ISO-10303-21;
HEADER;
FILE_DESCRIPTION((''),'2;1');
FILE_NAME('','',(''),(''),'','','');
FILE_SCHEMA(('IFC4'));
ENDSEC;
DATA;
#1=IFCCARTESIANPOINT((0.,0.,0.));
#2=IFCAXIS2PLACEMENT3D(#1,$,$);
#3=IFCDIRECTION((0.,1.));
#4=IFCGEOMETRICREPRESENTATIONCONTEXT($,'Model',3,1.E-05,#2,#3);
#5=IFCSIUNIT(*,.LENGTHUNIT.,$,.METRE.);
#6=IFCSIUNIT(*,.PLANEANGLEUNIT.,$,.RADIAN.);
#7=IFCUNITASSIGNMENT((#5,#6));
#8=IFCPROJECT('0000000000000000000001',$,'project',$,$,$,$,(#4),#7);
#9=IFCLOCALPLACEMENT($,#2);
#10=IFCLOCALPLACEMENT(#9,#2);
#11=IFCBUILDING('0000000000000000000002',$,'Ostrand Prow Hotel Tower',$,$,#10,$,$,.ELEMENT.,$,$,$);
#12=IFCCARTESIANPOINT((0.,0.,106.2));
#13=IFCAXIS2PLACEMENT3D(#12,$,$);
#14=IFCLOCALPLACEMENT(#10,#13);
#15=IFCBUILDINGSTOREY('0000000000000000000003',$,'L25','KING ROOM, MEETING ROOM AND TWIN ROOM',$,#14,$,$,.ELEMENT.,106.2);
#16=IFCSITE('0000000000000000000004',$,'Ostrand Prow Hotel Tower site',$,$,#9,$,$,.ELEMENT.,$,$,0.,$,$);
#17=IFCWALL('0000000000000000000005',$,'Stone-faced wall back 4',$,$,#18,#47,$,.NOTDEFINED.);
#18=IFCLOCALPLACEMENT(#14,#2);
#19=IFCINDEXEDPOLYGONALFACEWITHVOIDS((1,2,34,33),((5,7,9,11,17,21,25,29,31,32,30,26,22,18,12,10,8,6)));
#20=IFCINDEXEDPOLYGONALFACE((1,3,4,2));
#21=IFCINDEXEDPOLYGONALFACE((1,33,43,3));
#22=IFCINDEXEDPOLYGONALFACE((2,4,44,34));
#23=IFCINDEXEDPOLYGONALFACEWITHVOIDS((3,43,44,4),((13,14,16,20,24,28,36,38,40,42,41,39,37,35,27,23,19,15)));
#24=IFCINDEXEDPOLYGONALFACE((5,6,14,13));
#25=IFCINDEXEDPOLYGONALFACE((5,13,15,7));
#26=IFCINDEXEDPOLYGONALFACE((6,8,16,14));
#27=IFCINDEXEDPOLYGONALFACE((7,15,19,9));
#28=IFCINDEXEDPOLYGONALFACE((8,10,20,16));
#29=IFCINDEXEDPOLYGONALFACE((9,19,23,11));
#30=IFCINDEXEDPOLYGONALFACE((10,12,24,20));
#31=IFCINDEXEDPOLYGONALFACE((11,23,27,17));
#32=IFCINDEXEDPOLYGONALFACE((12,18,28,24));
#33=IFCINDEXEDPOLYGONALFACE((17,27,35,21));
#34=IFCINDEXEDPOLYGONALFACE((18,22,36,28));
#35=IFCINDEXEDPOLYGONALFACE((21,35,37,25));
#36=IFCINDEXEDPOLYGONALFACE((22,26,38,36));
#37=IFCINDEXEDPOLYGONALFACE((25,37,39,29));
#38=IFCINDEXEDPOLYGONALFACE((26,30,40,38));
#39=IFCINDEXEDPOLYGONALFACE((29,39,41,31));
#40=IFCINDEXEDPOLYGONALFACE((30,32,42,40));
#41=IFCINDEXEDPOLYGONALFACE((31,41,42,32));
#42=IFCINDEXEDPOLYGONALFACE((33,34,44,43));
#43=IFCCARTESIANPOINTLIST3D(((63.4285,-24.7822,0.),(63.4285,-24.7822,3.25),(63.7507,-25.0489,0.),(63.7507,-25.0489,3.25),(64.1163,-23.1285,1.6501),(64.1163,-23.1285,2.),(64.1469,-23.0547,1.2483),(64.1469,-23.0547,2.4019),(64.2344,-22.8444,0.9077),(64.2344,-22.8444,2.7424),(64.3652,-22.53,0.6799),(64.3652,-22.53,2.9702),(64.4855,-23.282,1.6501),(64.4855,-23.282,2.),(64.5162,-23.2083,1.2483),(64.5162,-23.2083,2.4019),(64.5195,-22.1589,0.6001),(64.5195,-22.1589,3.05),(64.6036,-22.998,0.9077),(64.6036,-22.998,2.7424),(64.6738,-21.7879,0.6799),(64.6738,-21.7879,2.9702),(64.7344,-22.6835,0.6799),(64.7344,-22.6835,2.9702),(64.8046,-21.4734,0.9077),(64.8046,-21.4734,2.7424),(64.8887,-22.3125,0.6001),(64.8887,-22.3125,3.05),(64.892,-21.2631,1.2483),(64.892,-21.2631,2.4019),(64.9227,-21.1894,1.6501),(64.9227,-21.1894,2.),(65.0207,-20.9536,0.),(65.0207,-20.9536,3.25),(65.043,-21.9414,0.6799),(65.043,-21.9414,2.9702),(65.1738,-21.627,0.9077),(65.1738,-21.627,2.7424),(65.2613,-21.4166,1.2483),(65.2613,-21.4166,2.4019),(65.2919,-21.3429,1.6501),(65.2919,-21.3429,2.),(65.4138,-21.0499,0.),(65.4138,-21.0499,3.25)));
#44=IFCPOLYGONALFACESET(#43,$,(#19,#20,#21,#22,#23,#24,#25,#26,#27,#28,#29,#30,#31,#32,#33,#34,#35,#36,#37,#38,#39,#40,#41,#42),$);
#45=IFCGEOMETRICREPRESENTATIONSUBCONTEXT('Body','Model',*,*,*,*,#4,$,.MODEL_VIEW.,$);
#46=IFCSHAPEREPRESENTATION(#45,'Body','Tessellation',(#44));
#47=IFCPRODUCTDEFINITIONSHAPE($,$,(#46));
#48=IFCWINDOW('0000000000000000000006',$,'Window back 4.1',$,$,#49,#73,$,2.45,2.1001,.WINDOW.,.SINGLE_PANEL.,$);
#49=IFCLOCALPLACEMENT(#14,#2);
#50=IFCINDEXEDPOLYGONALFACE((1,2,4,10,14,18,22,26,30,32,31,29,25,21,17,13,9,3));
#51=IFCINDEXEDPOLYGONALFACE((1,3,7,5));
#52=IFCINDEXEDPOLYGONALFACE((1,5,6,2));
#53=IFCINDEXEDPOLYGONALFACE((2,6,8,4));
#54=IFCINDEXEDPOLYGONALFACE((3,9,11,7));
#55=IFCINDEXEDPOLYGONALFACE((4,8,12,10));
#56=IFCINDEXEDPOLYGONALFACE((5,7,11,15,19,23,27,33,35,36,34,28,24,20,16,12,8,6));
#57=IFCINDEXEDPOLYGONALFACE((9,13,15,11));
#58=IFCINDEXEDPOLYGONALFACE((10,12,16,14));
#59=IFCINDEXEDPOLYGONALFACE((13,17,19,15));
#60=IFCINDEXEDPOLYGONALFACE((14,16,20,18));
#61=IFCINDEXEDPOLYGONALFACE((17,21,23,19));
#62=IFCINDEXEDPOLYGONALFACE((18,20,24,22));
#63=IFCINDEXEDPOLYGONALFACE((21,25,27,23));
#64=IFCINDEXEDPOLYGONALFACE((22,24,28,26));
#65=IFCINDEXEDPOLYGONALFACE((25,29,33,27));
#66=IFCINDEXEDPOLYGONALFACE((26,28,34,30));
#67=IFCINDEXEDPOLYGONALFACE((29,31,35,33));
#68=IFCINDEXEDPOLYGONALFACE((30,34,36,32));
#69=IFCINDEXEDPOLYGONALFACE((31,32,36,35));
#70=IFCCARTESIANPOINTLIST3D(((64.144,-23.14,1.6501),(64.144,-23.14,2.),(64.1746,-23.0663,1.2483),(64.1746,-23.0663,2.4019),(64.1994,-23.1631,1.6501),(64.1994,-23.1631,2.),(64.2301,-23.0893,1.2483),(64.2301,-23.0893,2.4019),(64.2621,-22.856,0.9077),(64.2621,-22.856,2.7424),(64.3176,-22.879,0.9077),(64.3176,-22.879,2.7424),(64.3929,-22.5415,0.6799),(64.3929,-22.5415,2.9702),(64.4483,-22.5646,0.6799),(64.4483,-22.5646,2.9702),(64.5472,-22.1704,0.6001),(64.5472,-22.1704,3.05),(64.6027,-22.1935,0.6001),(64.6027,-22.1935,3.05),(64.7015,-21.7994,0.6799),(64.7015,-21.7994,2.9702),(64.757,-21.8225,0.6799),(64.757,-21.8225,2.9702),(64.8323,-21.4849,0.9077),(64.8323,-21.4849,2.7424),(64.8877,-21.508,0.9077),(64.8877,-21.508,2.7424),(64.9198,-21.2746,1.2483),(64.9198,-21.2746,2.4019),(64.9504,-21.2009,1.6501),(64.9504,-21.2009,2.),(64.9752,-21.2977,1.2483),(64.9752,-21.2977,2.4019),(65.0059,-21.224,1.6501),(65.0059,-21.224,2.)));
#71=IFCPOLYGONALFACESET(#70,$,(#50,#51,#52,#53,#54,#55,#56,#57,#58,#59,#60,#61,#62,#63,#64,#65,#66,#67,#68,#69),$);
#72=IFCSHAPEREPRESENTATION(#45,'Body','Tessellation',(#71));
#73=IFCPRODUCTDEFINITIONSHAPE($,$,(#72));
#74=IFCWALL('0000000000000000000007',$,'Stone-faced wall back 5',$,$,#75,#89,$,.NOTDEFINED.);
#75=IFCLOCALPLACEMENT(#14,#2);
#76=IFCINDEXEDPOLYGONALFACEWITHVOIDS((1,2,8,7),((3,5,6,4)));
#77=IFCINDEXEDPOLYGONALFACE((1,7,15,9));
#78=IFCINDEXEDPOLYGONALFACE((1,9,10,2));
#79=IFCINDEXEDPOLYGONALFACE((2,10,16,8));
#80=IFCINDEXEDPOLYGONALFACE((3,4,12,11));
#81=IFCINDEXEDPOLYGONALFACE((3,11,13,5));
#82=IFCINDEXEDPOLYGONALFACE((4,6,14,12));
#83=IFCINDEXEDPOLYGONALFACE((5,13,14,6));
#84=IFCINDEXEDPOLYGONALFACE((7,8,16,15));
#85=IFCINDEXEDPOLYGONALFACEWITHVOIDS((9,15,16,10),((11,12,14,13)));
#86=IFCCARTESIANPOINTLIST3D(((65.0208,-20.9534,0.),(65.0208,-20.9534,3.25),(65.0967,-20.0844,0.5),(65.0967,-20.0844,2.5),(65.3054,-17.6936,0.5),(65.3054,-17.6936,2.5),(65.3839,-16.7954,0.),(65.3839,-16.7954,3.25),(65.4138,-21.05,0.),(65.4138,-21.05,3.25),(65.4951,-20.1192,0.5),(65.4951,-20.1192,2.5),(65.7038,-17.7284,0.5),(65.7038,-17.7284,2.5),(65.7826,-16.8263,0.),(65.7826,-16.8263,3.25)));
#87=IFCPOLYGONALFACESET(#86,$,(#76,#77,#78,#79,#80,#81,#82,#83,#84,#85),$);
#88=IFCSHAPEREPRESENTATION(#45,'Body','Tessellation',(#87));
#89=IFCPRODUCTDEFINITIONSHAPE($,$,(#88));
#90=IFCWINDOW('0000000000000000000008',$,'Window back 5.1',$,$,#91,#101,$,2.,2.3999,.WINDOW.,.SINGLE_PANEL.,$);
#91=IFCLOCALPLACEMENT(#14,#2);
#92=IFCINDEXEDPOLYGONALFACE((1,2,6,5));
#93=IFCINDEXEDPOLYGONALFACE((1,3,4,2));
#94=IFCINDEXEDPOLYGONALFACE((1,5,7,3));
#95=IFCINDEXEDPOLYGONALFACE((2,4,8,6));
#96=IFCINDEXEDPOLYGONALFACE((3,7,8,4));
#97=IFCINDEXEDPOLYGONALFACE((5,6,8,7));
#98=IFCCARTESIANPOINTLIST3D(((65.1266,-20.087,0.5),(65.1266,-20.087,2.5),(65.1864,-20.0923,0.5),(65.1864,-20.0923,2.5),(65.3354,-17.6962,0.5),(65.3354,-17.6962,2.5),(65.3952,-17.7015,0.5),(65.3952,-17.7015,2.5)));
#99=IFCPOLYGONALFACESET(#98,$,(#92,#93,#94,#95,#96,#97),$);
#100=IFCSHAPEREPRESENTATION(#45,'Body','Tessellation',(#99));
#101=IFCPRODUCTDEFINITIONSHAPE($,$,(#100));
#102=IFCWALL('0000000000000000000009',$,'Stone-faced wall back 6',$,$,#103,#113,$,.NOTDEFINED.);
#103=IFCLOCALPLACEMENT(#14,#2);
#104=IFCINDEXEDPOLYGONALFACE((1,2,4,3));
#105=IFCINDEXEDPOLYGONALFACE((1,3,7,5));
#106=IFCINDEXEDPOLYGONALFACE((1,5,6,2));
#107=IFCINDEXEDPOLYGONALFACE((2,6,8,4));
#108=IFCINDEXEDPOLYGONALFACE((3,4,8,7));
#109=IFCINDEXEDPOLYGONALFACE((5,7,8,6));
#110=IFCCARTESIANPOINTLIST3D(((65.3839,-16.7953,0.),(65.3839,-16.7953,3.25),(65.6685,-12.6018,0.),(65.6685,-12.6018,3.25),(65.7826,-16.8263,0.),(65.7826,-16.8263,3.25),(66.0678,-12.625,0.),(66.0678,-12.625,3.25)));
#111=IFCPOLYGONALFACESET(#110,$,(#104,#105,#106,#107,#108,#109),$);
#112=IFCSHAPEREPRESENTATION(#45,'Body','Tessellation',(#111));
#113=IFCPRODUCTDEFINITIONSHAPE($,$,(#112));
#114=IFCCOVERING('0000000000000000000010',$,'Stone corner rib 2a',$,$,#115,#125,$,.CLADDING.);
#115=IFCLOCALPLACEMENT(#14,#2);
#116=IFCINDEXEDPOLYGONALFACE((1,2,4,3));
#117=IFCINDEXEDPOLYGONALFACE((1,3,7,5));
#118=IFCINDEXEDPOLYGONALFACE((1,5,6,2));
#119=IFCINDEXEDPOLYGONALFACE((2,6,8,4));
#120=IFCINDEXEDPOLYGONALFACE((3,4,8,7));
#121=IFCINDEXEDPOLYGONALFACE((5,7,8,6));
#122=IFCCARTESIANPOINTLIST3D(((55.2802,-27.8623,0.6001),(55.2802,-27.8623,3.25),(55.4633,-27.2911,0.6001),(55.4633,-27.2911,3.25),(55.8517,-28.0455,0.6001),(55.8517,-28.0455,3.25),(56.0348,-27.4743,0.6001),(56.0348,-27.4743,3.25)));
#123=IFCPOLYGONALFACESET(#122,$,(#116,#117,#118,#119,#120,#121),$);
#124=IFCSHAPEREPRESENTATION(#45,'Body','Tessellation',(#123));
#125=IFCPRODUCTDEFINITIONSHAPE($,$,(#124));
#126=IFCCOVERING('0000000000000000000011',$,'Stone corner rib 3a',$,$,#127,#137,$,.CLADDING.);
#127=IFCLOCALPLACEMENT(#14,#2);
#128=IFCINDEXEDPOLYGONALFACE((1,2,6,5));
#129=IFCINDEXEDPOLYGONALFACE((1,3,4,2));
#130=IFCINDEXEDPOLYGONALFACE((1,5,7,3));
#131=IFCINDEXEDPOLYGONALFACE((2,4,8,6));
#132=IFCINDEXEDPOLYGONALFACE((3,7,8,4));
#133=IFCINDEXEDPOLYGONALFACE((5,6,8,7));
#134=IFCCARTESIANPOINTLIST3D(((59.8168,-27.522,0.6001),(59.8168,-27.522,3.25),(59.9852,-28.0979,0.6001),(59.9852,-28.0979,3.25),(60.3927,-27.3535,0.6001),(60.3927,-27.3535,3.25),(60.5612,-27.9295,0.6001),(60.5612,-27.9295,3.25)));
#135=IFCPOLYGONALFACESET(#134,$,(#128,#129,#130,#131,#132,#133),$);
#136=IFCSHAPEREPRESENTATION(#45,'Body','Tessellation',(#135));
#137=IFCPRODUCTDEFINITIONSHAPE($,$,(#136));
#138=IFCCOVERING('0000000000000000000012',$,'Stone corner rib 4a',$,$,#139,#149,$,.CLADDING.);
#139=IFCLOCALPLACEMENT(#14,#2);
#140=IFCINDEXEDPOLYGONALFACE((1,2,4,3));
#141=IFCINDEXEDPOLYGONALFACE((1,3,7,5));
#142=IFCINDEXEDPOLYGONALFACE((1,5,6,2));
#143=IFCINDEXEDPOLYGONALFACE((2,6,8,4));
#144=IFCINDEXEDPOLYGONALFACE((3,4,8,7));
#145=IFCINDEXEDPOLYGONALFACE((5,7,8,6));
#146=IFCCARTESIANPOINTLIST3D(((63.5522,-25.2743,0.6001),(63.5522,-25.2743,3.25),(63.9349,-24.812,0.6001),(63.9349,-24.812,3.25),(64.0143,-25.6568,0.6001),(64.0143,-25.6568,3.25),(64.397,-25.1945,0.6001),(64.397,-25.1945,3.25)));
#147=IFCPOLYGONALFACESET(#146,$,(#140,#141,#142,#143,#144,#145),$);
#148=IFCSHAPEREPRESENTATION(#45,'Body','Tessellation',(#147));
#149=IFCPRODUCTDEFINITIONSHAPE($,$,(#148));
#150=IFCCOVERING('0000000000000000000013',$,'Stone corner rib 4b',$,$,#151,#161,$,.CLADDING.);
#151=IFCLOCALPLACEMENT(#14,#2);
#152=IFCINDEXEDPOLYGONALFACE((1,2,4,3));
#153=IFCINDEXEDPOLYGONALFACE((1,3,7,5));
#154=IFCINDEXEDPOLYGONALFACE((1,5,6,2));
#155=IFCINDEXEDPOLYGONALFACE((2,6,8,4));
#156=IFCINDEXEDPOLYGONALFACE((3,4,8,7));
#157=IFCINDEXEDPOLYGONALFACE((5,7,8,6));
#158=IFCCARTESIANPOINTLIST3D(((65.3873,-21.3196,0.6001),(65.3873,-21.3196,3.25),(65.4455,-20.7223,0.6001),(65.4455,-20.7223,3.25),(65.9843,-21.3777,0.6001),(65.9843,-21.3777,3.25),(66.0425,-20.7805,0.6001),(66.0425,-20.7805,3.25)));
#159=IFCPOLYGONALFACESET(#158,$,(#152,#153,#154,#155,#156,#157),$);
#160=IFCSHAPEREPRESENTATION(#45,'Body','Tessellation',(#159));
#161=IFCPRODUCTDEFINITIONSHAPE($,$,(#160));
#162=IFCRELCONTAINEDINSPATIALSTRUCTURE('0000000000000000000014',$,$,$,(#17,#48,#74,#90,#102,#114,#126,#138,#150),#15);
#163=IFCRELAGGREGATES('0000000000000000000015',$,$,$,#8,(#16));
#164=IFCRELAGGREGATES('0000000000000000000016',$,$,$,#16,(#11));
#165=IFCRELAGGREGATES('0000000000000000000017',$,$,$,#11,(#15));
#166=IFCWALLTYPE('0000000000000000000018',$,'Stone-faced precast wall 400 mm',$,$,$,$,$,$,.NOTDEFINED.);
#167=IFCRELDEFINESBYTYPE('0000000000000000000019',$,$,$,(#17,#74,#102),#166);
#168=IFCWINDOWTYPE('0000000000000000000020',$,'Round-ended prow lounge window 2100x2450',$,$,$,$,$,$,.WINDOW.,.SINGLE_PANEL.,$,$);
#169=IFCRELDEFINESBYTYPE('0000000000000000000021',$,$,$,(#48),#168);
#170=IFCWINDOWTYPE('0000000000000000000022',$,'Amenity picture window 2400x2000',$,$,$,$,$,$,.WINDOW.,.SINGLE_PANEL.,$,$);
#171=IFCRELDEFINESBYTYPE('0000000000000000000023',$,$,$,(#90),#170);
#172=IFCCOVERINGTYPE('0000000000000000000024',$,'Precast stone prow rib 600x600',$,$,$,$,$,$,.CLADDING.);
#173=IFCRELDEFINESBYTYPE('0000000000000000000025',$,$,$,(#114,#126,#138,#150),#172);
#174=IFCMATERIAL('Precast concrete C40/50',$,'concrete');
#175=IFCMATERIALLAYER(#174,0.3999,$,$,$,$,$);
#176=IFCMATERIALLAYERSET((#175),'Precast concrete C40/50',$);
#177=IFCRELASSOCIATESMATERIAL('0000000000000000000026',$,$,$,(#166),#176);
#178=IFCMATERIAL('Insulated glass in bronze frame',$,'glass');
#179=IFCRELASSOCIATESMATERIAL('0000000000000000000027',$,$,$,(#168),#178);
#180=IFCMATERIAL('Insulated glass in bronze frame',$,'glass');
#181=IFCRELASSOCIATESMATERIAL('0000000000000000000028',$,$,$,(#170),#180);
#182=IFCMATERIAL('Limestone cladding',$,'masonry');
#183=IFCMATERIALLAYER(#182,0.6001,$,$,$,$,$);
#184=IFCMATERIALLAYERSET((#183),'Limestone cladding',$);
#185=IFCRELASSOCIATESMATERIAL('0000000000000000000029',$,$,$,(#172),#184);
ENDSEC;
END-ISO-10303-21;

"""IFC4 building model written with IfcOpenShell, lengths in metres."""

from ifc_helpers import new_model, si_unit, direction, frame, frame_2d, origin, place, context, subcontext, project, spatial, polyline, rectangle, outline, extrude, material, layer, layer_set, type_object, element, fill, save


model = new_model("IFC4")

# Units and contexts
model_context = context("Model", 3, precision=1e-05, world=origin(), true_north=direction((0.0, 1.0)))
body_context = subcontext(model_context, "Body", "Model", "MODEL_VIEW")
ifc_project = project(units=[si_unit("LENGTHUNIT", "METRE"), si_unit("PLANEANGLEUNIT", "RADIAN")], contexts=[model_context])

# Site, building, storey
site_placement = place(None, origin())
site = spatial("IfcSite", under=ifc_project, at=site_placement, Name="Ostrand Prow Hotel Tower site", CompositionType="ELEMENT", RefElevation=0.0)
building_placement = place(site_placement, origin())
building = spatial("IfcBuilding", under=site, at=building_placement, Name="Ostrand Prow Hotel Tower", CompositionType="ELEMENT")
storey_placement = place(building_placement, frame((0.0, 0.0, 106.2)))
storey = spatial("IfcBuildingStorey", under=building, at=storey_placement, Name="L25", Description="KING ROOM, MEETING ROOM AND TWIN ROOM", CompositionType="ELEMENT", Elevation=106.2)

# Walls, openings, windows
ifc_material_1 = material(Name="Precast concrete C40/50", Category="concrete")
ifc_layer_1 = layer(ifc_material_1, 0.3999)
ifc_layer_set_1 = layer_set([ifc_layer_1], Name="Precast concrete C40/50")
wall_type_1 = type_object("IfcWallType", Name="Stone-faced precast wall 400 mm", PredefinedType="NOTDEFINED", material=ifc_layer_set_1)
wall_1_placement = place(storey_placement, frame((63.5896, -24.9155, 0.0), z_axis=(0.0, 0.0, 1.0), x_axis=(0.383998, 0.923334, 0.0)))
wall_1 = element("IfcWall", 1, at=wall_1_placement, inside=storey, type_object=wall_type_1, Name="Stone-faced wall back 4", PredefinedType="NOTDEFINED", context=body_context, shape_type="SweptSolid", body=[
    extrude(outline(polyline([(-0.0613, -0.2), (4.2698, -0.2), (4.2078, 0.2), (0.0613, 0.2), (-0.0613, -0.2)])), origin(), (0.0, 0.0, 1.0), 3.25),
])
opening_1_placement = place(wall_1_placement, frame((1.8523, 0.0, 0.6001)))
opening_1 = element("IfcOpeningElement", 2, at=opening_1_placement, cuts=wall_1, PredefinedType="OPENING", context=body_context, shape_type="SweptSolid", body=[
    extrude(outline(polyline([(0.0, 1.3999), (0.0798, 1.8018), (0.3076, 2.1423), (0.6482, 2.3701), (1.05, 2.45), (1.4519, 2.3701), (1.7925, 2.1423), (2.0203, 1.8018), (2.1001, 1.3999), (2.1001, 1.05), (2.0203, 0.6482), (1.7925, 0.3076), (1.4519, 0.0798), (1.05, 0.0), (0.6482, 0.0798), (0.3076, 0.3076), (0.0798, 0.6482), (0.0, 1.05), (0.0, 1.3999)])), frame((0.0, 0.21, 0.0), z_axis=(0.0, -1.0, 0.0), x_axis=(1.0, 0.0, 0.0)), (0.0, 0.0, 1.0), 0.4199),
])
ifc_material_2 = material(Name="Insulated glass in bronze frame", Category="glass")
window_type_1 = type_object("IfcWindowType", Name="Round-ended prow lounge window 2100x2450", PartitioningType="SINGLE_PANEL", PredefinedType="WINDOW", material=ifc_material_2)
window_1_placement = place(opening_1_placement, origin())
window_1 = element("IfcWindow", 3, at=window_1_placement, inside=storey, type_object=window_type_1, Name="Window back 4.1", OverallHeight=2.45, OverallWidth=2.1001, PartitioningType="SINGLE_PANEL", PredefinedType="WINDOW", context=body_context, shape_type="SweptSolid", body=[
    extrude(outline(polyline([(0.0, 1.3999), (0.0798, 1.8018), (0.3076, 2.1423), (0.6482, 2.3701), (1.05, 2.45), (1.4519, 2.3701), (1.7925, 2.1423), (2.0203, 1.8018), (2.1001, 1.3999), (2.1001, 1.05), (2.0203, 0.6482), (1.7925, 0.3076), (1.4519, 0.0798), (1.05, 0.0), (0.6482, 0.0798), (0.3076, 0.3076), (0.0798, 0.6482), (0.0, 1.05), (0.0, 1.3999)])), frame((0.0, 0.1699, 0.0), z_axis=(0.0, -1.0, 0.0), x_axis=(1.0, 0.0, 0.0)), (0.0, 0.0, 1.0), 0.0601),
])
fill(opening_1, window_1)
wall_2_placement = place(storey_placement, frame((65.2173, -21.0017, 0.0), z_axis=(0.0, 0.0, 1.0), x_axis=(0.086993, 0.996209, 0.0)))
wall_2 = element("IfcWall", 4, at=wall_2_placement, inside=storey, type_object=wall_type_1, Name="Stone-faced wall back 5", PredefinedType="NOTDEFINED", context=body_context, shape_type="SweptSolid", body=[
    extrude(outline(polyline([(-0.031, -0.2), (4.2087, -0.2), (4.2048, 0.2), (0.031, 0.2), (-0.031, -0.2)])), origin(), (0.0, 0.0, 1.0), 3.25),
])
opening_2_placement = place(wall_2_placement, frame((0.9033, 0.0, 0.5)))
opening_2 = element("IfcOpeningElement", 5, at=opening_2_placement, cuts=wall_2, PredefinedType="OPENING", context=body_context, shape_type="SweptSolid", body=[
    extrude(rectangle(XDim=2.3999, YDim=2.0, at=frame_2d((1.2, 1.0))), frame((0.0, 0.21, 0.0), z_axis=(0.0, -1.0, 0.0), x_axis=(1.0, 0.0, 0.0)), (0.0, 0.0, 1.0), 0.4199),
])
ifc_material_3 = material(Name="Insulated glass in bronze frame", Category="glass")
window_type_2 = type_object("IfcWindowType", Name="Amenity picture window 2400x2000", PartitioningType="SINGLE_PANEL", PredefinedType="WINDOW", material=ifc_material_3)
window_2_placement = place(opening_2_placement, origin())
window_2 = element("IfcWindow", 6, at=window_2_placement, inside=storey, type_object=window_type_2, Name="Window back 5.1", OverallHeight=2.0, OverallWidth=2.3999, PartitioningType="SINGLE_PANEL", PredefinedType="WINDOW", context=body_context, shape_type="SweptSolid", body=[
    extrude(rectangle(XDim=2.3999, YDim=2.0, at=frame_2d((1.2, 1.0))), frame((0.0, 0.1699, 0.0), z_axis=(0.0, -1.0, 0.0), x_axis=(1.0, 0.0, 0.0)), (0.0, 0.0, 1.0), 0.0601),
])
fill(opening_2, window_2)

# Wall
wall_3_placement = place(storey_placement, frame((65.5833, -16.8108, 0.0), z_axis=(0.0, 0.0, 1.0), x_axis=(0.067725, 0.997704, 0.0)))
element("IfcWall", 7, at=wall_3_placement, inside=storey, type_object=wall_type_1, Name="Stone-faced wall back 6", PredefinedType="NOTDEFINED", context=body_context, shape_type="SweptSolid", body=[
    extrude(outline(polyline([(-0.002, -0.2), (4.209, -0.2), (4.2051, 0.2), (0.002, 0.2), (-0.002, -0.2)])), origin(), (0.0, 0.0, 1.0), 3.25),
])

# Coverings
ifc_material_4 = material(Name="Limestone cladding", Category="masonry")
ifc_layer_2 = layer(ifc_material_4, 0.6001)
ifc_layer_set_2 = layer_set([ifc_layer_2], Name="Limestone cladding")
covering_type = type_object("IfcCoveringType", Name="Precast stone prow rib 600x600", PredefinedType="CLADDING", material=ifc_layer_set_2)
covering_1_placement = place(storey_placement, frame((55.749, -27.3828, 0.6001), z_axis=(0.0, 0.0, 1.0), x_axis=(-0.305219, -0.952282, 0.0)))
element("IfcCovering", 8, at=covering_1_placement, inside=storey, type_object=covering_type, Name="Stone corner rib 2a", PredefinedType="CLADDING", context=body_context, shape_type="SweptSolid", body=[
    extrude(rectangle(XDim=0.5999, YDim=0.6001, at=frame_2d((0.2998, 0.0))), origin(), (0.0, 0.0, 1.0), 2.6499),
])
covering_2_placement = place(storey_placement, frame((60.1047, -27.4377, 0.6001), z_axis=(0.0, 0.0, 1.0), x_axis=(0.280734, -0.959786, 0.0)))
element("IfcCovering", 9, at=covering_2_placement, inside=storey, type_object=covering_type, Name="Stone corner rib 3a", PredefinedType="CLADDING", context=body_context, shape_type="SweptSolid", body=[
    extrude(rectangle(XDim=0.6001, YDim=0.6001, at=frame_2d((0.3, 0.0))), origin(), (0.0, 0.0, 1.0), 2.6499),
])
for number, where, z_axis, x_axis, name in (
    (10, (63.7437, -25.0432, 0.6001), (0.0, 0.0, 1.0), (0.770319, -0.637659, 0.0), "Stone corner rib 4a"),
    (11, (65.4165, -21.021, 0.6001), (0.0, 0.0, 1.0), (0.995296, -0.096884, 0.0), "Stone corner rib 4b"),
):
    element("IfcCovering", number, at=place(storey_placement, frame(where, z_axis=z_axis, x_axis=x_axis)), inside=storey, type_object=covering_type, Name=name, PredefinedType="CLADDING", context=body_context, shape_type="SweptSolid", body=[
        extrude(rectangle(XDim=0.5999, YDim=0.6001, at=frame_2d((0.2998, 0.0))), origin(), (0.0, 0.0, 1.0), 2.6499),
    ])

save(model, "model.ifc")
